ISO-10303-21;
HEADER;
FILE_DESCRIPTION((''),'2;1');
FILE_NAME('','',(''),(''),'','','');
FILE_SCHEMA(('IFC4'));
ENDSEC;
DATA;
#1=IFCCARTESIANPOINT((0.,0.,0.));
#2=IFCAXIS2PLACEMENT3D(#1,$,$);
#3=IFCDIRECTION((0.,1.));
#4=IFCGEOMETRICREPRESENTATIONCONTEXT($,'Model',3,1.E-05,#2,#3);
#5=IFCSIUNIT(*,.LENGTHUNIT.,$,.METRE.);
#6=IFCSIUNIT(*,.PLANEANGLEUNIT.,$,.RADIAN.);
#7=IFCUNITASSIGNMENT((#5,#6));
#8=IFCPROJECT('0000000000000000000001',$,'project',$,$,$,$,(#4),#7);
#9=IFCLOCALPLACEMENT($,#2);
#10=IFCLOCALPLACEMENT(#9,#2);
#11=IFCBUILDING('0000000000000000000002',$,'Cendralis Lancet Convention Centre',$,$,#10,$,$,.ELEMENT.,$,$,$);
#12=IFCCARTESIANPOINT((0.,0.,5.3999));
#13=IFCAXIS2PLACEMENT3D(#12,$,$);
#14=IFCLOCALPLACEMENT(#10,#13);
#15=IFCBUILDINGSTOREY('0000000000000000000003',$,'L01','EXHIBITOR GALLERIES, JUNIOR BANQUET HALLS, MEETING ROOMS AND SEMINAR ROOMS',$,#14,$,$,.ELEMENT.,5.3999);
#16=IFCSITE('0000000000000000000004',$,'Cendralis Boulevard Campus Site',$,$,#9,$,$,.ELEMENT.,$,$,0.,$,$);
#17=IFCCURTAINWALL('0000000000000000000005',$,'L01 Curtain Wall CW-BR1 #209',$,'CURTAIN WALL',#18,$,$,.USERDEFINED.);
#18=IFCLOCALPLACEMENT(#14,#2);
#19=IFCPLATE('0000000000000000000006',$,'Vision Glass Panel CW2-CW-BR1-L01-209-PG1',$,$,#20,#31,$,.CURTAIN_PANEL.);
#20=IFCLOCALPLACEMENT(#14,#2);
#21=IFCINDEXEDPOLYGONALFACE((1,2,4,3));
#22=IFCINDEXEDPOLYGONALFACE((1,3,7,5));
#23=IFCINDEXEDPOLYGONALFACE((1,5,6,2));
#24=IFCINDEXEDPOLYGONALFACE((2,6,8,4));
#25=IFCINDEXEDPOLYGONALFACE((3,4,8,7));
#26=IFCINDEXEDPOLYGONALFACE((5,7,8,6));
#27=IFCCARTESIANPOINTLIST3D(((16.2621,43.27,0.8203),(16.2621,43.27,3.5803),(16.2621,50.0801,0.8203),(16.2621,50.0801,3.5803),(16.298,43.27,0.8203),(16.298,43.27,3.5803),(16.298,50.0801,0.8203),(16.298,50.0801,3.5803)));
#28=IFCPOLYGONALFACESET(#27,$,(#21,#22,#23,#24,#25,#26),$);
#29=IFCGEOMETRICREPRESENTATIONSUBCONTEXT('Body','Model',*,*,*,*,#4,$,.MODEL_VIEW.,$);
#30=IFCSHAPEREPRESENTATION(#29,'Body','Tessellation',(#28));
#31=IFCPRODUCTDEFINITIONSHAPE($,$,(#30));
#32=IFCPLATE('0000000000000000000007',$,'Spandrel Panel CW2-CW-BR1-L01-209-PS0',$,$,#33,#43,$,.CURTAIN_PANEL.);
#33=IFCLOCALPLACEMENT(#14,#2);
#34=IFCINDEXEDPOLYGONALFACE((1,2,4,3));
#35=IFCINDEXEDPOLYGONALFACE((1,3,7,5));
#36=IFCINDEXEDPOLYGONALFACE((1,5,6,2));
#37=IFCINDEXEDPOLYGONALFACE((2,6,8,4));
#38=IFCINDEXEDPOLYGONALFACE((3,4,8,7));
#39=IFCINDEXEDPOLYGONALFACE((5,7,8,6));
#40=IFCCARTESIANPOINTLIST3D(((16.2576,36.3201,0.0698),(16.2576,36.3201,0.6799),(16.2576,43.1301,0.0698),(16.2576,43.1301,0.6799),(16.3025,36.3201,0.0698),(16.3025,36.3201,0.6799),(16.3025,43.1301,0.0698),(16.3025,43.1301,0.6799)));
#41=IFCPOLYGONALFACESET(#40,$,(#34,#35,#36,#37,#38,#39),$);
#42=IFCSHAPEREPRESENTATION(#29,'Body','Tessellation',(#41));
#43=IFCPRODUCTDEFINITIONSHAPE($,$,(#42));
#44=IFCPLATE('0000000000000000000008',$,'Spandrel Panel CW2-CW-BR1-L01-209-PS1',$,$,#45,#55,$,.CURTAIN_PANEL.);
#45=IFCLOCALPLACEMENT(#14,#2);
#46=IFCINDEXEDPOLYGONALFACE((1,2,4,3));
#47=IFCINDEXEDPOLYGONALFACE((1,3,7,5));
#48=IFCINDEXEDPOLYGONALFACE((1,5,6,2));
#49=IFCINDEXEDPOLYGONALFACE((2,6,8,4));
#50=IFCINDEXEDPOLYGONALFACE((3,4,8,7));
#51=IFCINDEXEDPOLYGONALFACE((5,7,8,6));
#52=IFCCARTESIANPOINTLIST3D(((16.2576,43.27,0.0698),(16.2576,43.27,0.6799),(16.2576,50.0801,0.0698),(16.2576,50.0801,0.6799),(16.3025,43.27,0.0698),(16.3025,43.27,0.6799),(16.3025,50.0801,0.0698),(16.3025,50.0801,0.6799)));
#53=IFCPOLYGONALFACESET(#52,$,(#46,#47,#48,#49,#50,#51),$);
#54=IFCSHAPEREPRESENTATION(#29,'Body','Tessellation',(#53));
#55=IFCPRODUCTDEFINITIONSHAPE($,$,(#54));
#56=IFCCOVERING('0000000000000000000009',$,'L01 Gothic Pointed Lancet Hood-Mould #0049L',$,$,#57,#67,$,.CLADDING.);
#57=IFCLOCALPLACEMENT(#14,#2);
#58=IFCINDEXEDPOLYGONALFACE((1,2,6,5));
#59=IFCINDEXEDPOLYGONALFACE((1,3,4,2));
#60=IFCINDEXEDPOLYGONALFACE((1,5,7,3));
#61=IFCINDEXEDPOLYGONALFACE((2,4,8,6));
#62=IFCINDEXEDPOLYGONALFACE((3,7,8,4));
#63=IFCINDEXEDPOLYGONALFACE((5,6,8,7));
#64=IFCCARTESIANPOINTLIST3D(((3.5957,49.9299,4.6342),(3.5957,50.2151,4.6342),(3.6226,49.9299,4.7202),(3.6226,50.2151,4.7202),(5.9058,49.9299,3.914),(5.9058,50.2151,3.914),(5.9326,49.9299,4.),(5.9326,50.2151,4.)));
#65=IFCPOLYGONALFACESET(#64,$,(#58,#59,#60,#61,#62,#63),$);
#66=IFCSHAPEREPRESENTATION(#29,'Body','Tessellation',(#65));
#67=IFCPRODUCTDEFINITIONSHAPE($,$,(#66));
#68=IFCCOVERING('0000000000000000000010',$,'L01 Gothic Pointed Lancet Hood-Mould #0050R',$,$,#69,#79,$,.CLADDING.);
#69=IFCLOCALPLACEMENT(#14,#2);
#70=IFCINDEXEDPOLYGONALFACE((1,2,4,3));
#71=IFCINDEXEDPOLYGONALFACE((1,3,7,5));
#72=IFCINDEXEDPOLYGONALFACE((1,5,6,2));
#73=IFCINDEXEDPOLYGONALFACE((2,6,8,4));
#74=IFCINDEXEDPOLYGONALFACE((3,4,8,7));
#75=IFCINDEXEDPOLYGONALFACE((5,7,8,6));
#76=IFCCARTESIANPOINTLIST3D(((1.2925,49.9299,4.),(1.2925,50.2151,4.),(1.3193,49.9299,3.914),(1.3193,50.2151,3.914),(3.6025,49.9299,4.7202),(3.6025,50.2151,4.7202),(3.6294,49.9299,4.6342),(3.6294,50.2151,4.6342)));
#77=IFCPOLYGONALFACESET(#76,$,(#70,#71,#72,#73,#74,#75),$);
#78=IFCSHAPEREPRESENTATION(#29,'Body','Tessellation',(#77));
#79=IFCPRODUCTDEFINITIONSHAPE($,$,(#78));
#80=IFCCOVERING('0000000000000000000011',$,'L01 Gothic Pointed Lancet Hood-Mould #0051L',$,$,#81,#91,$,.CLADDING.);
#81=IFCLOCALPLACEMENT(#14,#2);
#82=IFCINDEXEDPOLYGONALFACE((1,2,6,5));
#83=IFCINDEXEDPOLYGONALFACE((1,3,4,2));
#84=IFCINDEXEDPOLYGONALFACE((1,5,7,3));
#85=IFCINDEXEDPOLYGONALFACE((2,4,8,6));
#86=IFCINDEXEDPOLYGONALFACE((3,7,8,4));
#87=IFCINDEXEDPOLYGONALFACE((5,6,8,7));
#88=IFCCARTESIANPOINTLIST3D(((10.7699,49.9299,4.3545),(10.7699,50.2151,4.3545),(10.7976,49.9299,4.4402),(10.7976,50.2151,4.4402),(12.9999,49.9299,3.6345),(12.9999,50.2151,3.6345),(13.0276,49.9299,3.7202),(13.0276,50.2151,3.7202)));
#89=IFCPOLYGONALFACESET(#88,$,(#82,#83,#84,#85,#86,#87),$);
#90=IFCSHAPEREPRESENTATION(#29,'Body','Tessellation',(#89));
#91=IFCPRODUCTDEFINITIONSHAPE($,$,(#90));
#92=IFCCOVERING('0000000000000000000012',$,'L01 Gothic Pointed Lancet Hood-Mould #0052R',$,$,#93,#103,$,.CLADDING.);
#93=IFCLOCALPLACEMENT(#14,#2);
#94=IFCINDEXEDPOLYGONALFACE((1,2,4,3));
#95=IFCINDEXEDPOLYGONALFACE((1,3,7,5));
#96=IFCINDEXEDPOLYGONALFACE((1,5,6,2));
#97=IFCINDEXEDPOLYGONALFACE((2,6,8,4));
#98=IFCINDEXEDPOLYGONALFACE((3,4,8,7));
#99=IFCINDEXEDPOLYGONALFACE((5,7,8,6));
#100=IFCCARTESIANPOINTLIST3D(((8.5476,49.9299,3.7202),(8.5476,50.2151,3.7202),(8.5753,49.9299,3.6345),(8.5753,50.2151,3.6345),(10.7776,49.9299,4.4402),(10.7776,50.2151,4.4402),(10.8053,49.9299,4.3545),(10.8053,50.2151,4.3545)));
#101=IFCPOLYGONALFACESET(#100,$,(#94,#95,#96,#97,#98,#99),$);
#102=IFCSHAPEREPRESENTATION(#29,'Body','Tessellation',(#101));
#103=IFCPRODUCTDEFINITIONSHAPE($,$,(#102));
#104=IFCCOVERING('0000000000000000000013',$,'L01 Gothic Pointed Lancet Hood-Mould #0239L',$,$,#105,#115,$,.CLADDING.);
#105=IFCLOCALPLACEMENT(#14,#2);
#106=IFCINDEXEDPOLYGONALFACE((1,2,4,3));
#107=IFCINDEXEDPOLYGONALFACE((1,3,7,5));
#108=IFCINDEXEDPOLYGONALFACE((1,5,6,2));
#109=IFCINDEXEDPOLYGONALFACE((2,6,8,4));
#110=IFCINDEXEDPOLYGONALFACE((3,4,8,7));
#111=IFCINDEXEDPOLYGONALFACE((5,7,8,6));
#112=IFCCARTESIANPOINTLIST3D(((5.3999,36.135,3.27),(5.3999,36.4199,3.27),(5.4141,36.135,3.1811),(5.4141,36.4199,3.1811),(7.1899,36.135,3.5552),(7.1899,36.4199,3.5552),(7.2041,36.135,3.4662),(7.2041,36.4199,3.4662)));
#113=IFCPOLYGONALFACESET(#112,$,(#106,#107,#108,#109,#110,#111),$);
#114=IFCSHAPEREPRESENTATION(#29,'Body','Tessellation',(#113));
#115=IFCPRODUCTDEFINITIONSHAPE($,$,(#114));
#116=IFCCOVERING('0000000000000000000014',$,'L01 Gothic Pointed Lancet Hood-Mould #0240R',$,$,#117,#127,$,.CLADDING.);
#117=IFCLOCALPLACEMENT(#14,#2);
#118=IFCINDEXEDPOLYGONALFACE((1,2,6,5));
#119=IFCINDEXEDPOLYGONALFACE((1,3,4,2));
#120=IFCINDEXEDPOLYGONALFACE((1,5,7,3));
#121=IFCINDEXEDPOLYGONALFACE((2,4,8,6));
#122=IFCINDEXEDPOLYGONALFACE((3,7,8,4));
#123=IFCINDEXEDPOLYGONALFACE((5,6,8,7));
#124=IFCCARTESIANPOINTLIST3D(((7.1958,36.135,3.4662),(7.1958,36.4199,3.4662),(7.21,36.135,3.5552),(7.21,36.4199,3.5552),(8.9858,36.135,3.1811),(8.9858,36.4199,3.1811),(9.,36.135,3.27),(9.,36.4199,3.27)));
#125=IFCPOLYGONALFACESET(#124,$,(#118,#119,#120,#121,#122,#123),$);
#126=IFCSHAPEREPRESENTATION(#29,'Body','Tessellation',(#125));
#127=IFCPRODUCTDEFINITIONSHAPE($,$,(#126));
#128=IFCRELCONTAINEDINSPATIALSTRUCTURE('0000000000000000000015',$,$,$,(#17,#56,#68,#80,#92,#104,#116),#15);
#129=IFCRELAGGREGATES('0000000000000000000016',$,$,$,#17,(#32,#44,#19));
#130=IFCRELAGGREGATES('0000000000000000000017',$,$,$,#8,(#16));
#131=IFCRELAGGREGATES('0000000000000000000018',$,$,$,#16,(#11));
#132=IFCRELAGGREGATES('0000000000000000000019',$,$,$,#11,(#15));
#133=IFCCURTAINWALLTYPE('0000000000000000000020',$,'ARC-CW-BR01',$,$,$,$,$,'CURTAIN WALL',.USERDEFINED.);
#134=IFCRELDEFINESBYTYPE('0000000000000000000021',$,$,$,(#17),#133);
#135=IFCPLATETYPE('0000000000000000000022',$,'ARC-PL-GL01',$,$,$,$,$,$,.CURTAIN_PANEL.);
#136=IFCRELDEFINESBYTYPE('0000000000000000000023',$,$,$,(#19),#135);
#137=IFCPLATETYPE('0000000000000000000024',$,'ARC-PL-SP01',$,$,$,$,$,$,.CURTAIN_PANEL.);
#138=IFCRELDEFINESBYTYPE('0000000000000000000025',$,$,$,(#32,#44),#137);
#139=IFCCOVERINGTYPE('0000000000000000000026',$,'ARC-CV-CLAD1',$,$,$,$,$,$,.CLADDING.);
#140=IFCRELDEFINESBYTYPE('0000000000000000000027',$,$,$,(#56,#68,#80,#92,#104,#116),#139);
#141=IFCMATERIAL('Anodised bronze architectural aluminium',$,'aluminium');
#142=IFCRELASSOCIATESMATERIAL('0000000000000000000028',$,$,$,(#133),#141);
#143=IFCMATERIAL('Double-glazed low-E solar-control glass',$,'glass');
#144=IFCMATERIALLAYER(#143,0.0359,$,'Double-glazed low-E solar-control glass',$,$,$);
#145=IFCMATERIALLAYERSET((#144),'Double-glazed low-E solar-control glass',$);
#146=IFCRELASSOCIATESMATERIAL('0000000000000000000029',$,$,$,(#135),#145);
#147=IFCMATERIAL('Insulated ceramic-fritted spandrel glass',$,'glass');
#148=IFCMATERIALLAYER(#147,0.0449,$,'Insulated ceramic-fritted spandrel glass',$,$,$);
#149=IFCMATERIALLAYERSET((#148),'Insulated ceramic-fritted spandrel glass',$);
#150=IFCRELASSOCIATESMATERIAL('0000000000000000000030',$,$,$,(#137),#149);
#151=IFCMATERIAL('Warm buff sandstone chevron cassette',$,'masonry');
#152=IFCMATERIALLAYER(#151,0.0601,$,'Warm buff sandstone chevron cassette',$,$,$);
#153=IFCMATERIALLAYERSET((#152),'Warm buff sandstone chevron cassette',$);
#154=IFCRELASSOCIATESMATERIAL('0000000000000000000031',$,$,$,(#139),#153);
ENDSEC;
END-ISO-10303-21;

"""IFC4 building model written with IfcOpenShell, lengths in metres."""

from ifc_helpers import new_model, si_unit, direction, frame, origin, origin_2d, place, context, subcontext, project, spatial, polyline, rectangle, outline, extrude, material, layer, layer_set, type_object, element, aggregate, save


model = new_model("IFC4")

# Units and contexts
model_context = context("Model", 3, precision=1e-05, world=origin(), true_north=direction((0.0, 1.0)))
body_context = subcontext(model_context, "Body", "Model", "MODEL_VIEW")
ifc_project = project(units=[si_unit("LENGTHUNIT", "METRE"), si_unit("PLANEANGLEUNIT", "RADIAN")], contexts=[model_context])

# Site, building, storey
site_placement = place(None, origin())
site = spatial("IfcSite", under=ifc_project, at=site_placement, Name="Cendralis Boulevard Campus Site", CompositionType="ELEMENT", RefElevation=0.0)
building_placement = place(site_placement, origin())
building = spatial("IfcBuilding", under=site, at=building_placement, Name="Cendralis Lancet Convention Centre", CompositionType="ELEMENT")
storey_placement = place(building_placement, frame((0.0, 0.0, 5.3999)))
storey = spatial("IfcBuildingStorey", under=building, at=storey_placement, Name="L01", Description="EXHIBITOR GALLERIES, JUNIOR BANQUET HALLS, MEETING ROOMS AND SEMINAR ROOMS", CompositionType="ELEMENT", Elevation=5.3999)

# Curtain wall, plates
ifc_material_1 = material(Name="Anodised bronze architectural aluminium", Category="aluminium")
curtain_wall_type = type_object("IfcCurtainWallType", Name="ARC-CW-BR01", ElementType="CURTAIN WALL", PredefinedType="USERDEFINED", material=ifc_material_1)
curtain_wall_placement = place(storey_placement, origin())
curtain_wall = element("IfcCurtainWall", 1, at=curtain_wall_placement, inside=storey, type_object=curtain_wall_type, Name="L01 Curtain Wall CW-BR1 #209", ObjectType="CURTAIN WALL", PredefinedType="USERDEFINED")
ifc_material_2 = material(Name="Double-glazed low-E solar-control glass", Category="glass")
ifc_layer_1 = layer(ifc_material_2, 0.0359, Name="Double-glazed low-E solar-control glass")
ifc_layer_set_1 = layer_set([ifc_layer_1], Name="Double-glazed low-E solar-control glass")
plate_type_1 = type_object("IfcPlateType", Name="ARC-PL-GL01", PredefinedType="CURTAIN_PANEL", material=ifc_layer_set_1)
plate_1_placement = place(storey_placement, frame((16.28, 46.675, 0.8203), z_axis=(0.0, 0.0, 1.0), x_axis=(0.0, 1.0, 0.0)))
plate_1 = element("IfcPlate", 2, at=plate_1_placement, type_object=plate_type_1, Name="Vision Glass Panel CW2-CW-BR1-L01-209-PG1", PredefinedType="CURTAIN_PANEL", context=body_context, shape_type="SweptSolid", body=[
    extrude(rectangle(XDim=6.8101, YDim=0.0359, at=origin_2d()), origin(), (0.0, 0.0, 1.0), 2.76),
])
ifc_material_3 = material(Name="Insulated ceramic-fritted spandrel glass", Category="glass")
ifc_layer_2 = layer(ifc_material_3, 0.0449, Name="Insulated ceramic-fritted spandrel glass")
ifc_layer_set_2 = layer_set([ifc_layer_2], Name="Insulated ceramic-fritted spandrel glass")
plate_type_2 = type_object("IfcPlateType", Name="ARC-PL-SP01", PredefinedType="CURTAIN_PANEL", material=ifc_layer_set_2)
plate_2_placement = place(storey_placement, frame((16.28, 39.7251, 0.0698), z_axis=(0.0, 0.0, 1.0), x_axis=(0.0, 1.0, 0.0)))
plate_2 = element("IfcPlate", 3, at=plate_2_placement, type_object=plate_type_2, Name="Spandrel Panel CW2-CW-BR1-L01-209-PS0", PredefinedType="CURTAIN_PANEL", context=body_context, shape_type="SweptSolid", body=[
    extrude(rectangle(XDim=6.8101, YDim=0.0449, at=origin_2d()), origin(), (0.0, 0.0, 1.0), 0.6101),
])
plate_3_placement = place(storey_placement, frame((16.28, 46.675, 0.0698), z_axis=(0.0, 0.0, 1.0), x_axis=(0.0, 1.0, 0.0)))
plate_3 = element("IfcPlate", 4, at=plate_3_placement, type_object=plate_type_2, Name="Spandrel Panel CW2-CW-BR1-L01-209-PS1", PredefinedType="CURTAIN_PANEL", context=body_context, shape_type="SweptSolid", body=[
    extrude(rectangle(XDim=6.8101, YDim=0.0449, at=origin_2d()), origin(), (0.0, 0.0, 1.0), 0.6101),
])
aggregate(curtain_wall, [plate_2, plate_3, plate_1])

# Coverings
ifc_material_4 = material(Name="Warm buff sandstone chevron cassette", Category="masonry")
ifc_layer_3 = layer(ifc_material_4, 0.0601, Name="Warm buff sandstone chevron cassette")
ifc_layer_set_3 = layer_set([ifc_layer_3], Name="Warm buff sandstone chevron cassette")
covering_type = type_object("IfcCoveringType", Name="ARC-CV-CLAD1", PredefinedType="CLADDING", material=ifc_layer_set_3)
for number, where, z_axis, x_axis, name in (
    (5, (5.9326, 49.9299, 4.0), (0.297643, 0.0, 0.954677), (0.0, 1.0, 0.0), "L01 Gothic Pointed Lancet Hood-Mould #0049L"),
    (6, (3.6025, 49.9299, 4.7202), (-0.297643, 0.0, 0.954677), (0.0, 1.0, 0.0), "L01 Gothic Pointed Lancet Hood-Mould #0050R"),
):
    element("IfcCovering", number, at=place(storey_placement, frame(where, z_axis=z_axis, x_axis=x_axis)), inside=storey, type_object=covering_type, Name=name, PredefinedType="CLADDING", context=body_context, shape_type="SweptSolid", body=[
        extrude(outline(polyline([(0.0, 0.0), (0.2852, 0.0), (0.2852, 2.4197), (0.0, 2.4197), (0.0, 0.0)])), origin(), (0.0, 0.0, -1.0), 0.0901),
    ])
for number, where, z_axis, x_axis, name in (
    (7, (13.0276, 49.9299, 3.7202), (0.307243, 0.0, 0.951631), (0.0, 1.0, 0.0), "L01 Gothic Pointed Lancet Hood-Mould #0051L"),
    (8, (10.7776, 49.9299, 4.4402), (-0.307243, 0.0, 0.951631), (0.0, 1.0, 0.0), "L01 Gothic Pointed Lancet Hood-Mould #0052R"),
):
    element("IfcCovering", number, at=place(storey_placement, frame(where, z_axis=z_axis, x_axis=x_axis)), inside=storey, type_object=covering_type, Name=name, PredefinedType="CLADDING", context=body_context, shape_type="SweptSolid", body=[
        extrude(outline(polyline([(0.0, 0.0), (0.2852, 0.0), (0.2852, 2.3433), (0.0, 2.3433), (0.0, 0.0)])), origin(), (0.0, 0.0, -1.0), 0.0901),
    ])
for number, where, z_axis, x_axis, name in (
    (9, (5.3999, 36.4199, 3.27), (-0.157318, 0.0, 0.987548), (0.0, -1.0, 0.0), "L01 Gothic Pointed Lancet Hood-Mould #0239L"),
    (10, (7.21, 36.4199, 3.5552), (0.157318, 0.0, 0.987548), (0.0, -1.0, 0.0), "L01 Gothic Pointed Lancet Hood-Mould #0240R"),
):
    element("IfcCovering", number, at=place(storey_placement, frame(where, z_axis=z_axis, x_axis=x_axis)), inside=storey, type_object=covering_type, Name=name, PredefinedType="CLADDING", context=body_context, shape_type="SweptSolid", body=[
        extrude(outline(polyline([(0.0, 0.0), (0.2849, 0.0), (0.2849, 1.8126), (0.0, 1.8126), (0.0, 0.0)])), origin(), (0.0, 0.0, -1.0), 0.0901),
    ])

save(model, "model.ifc")
